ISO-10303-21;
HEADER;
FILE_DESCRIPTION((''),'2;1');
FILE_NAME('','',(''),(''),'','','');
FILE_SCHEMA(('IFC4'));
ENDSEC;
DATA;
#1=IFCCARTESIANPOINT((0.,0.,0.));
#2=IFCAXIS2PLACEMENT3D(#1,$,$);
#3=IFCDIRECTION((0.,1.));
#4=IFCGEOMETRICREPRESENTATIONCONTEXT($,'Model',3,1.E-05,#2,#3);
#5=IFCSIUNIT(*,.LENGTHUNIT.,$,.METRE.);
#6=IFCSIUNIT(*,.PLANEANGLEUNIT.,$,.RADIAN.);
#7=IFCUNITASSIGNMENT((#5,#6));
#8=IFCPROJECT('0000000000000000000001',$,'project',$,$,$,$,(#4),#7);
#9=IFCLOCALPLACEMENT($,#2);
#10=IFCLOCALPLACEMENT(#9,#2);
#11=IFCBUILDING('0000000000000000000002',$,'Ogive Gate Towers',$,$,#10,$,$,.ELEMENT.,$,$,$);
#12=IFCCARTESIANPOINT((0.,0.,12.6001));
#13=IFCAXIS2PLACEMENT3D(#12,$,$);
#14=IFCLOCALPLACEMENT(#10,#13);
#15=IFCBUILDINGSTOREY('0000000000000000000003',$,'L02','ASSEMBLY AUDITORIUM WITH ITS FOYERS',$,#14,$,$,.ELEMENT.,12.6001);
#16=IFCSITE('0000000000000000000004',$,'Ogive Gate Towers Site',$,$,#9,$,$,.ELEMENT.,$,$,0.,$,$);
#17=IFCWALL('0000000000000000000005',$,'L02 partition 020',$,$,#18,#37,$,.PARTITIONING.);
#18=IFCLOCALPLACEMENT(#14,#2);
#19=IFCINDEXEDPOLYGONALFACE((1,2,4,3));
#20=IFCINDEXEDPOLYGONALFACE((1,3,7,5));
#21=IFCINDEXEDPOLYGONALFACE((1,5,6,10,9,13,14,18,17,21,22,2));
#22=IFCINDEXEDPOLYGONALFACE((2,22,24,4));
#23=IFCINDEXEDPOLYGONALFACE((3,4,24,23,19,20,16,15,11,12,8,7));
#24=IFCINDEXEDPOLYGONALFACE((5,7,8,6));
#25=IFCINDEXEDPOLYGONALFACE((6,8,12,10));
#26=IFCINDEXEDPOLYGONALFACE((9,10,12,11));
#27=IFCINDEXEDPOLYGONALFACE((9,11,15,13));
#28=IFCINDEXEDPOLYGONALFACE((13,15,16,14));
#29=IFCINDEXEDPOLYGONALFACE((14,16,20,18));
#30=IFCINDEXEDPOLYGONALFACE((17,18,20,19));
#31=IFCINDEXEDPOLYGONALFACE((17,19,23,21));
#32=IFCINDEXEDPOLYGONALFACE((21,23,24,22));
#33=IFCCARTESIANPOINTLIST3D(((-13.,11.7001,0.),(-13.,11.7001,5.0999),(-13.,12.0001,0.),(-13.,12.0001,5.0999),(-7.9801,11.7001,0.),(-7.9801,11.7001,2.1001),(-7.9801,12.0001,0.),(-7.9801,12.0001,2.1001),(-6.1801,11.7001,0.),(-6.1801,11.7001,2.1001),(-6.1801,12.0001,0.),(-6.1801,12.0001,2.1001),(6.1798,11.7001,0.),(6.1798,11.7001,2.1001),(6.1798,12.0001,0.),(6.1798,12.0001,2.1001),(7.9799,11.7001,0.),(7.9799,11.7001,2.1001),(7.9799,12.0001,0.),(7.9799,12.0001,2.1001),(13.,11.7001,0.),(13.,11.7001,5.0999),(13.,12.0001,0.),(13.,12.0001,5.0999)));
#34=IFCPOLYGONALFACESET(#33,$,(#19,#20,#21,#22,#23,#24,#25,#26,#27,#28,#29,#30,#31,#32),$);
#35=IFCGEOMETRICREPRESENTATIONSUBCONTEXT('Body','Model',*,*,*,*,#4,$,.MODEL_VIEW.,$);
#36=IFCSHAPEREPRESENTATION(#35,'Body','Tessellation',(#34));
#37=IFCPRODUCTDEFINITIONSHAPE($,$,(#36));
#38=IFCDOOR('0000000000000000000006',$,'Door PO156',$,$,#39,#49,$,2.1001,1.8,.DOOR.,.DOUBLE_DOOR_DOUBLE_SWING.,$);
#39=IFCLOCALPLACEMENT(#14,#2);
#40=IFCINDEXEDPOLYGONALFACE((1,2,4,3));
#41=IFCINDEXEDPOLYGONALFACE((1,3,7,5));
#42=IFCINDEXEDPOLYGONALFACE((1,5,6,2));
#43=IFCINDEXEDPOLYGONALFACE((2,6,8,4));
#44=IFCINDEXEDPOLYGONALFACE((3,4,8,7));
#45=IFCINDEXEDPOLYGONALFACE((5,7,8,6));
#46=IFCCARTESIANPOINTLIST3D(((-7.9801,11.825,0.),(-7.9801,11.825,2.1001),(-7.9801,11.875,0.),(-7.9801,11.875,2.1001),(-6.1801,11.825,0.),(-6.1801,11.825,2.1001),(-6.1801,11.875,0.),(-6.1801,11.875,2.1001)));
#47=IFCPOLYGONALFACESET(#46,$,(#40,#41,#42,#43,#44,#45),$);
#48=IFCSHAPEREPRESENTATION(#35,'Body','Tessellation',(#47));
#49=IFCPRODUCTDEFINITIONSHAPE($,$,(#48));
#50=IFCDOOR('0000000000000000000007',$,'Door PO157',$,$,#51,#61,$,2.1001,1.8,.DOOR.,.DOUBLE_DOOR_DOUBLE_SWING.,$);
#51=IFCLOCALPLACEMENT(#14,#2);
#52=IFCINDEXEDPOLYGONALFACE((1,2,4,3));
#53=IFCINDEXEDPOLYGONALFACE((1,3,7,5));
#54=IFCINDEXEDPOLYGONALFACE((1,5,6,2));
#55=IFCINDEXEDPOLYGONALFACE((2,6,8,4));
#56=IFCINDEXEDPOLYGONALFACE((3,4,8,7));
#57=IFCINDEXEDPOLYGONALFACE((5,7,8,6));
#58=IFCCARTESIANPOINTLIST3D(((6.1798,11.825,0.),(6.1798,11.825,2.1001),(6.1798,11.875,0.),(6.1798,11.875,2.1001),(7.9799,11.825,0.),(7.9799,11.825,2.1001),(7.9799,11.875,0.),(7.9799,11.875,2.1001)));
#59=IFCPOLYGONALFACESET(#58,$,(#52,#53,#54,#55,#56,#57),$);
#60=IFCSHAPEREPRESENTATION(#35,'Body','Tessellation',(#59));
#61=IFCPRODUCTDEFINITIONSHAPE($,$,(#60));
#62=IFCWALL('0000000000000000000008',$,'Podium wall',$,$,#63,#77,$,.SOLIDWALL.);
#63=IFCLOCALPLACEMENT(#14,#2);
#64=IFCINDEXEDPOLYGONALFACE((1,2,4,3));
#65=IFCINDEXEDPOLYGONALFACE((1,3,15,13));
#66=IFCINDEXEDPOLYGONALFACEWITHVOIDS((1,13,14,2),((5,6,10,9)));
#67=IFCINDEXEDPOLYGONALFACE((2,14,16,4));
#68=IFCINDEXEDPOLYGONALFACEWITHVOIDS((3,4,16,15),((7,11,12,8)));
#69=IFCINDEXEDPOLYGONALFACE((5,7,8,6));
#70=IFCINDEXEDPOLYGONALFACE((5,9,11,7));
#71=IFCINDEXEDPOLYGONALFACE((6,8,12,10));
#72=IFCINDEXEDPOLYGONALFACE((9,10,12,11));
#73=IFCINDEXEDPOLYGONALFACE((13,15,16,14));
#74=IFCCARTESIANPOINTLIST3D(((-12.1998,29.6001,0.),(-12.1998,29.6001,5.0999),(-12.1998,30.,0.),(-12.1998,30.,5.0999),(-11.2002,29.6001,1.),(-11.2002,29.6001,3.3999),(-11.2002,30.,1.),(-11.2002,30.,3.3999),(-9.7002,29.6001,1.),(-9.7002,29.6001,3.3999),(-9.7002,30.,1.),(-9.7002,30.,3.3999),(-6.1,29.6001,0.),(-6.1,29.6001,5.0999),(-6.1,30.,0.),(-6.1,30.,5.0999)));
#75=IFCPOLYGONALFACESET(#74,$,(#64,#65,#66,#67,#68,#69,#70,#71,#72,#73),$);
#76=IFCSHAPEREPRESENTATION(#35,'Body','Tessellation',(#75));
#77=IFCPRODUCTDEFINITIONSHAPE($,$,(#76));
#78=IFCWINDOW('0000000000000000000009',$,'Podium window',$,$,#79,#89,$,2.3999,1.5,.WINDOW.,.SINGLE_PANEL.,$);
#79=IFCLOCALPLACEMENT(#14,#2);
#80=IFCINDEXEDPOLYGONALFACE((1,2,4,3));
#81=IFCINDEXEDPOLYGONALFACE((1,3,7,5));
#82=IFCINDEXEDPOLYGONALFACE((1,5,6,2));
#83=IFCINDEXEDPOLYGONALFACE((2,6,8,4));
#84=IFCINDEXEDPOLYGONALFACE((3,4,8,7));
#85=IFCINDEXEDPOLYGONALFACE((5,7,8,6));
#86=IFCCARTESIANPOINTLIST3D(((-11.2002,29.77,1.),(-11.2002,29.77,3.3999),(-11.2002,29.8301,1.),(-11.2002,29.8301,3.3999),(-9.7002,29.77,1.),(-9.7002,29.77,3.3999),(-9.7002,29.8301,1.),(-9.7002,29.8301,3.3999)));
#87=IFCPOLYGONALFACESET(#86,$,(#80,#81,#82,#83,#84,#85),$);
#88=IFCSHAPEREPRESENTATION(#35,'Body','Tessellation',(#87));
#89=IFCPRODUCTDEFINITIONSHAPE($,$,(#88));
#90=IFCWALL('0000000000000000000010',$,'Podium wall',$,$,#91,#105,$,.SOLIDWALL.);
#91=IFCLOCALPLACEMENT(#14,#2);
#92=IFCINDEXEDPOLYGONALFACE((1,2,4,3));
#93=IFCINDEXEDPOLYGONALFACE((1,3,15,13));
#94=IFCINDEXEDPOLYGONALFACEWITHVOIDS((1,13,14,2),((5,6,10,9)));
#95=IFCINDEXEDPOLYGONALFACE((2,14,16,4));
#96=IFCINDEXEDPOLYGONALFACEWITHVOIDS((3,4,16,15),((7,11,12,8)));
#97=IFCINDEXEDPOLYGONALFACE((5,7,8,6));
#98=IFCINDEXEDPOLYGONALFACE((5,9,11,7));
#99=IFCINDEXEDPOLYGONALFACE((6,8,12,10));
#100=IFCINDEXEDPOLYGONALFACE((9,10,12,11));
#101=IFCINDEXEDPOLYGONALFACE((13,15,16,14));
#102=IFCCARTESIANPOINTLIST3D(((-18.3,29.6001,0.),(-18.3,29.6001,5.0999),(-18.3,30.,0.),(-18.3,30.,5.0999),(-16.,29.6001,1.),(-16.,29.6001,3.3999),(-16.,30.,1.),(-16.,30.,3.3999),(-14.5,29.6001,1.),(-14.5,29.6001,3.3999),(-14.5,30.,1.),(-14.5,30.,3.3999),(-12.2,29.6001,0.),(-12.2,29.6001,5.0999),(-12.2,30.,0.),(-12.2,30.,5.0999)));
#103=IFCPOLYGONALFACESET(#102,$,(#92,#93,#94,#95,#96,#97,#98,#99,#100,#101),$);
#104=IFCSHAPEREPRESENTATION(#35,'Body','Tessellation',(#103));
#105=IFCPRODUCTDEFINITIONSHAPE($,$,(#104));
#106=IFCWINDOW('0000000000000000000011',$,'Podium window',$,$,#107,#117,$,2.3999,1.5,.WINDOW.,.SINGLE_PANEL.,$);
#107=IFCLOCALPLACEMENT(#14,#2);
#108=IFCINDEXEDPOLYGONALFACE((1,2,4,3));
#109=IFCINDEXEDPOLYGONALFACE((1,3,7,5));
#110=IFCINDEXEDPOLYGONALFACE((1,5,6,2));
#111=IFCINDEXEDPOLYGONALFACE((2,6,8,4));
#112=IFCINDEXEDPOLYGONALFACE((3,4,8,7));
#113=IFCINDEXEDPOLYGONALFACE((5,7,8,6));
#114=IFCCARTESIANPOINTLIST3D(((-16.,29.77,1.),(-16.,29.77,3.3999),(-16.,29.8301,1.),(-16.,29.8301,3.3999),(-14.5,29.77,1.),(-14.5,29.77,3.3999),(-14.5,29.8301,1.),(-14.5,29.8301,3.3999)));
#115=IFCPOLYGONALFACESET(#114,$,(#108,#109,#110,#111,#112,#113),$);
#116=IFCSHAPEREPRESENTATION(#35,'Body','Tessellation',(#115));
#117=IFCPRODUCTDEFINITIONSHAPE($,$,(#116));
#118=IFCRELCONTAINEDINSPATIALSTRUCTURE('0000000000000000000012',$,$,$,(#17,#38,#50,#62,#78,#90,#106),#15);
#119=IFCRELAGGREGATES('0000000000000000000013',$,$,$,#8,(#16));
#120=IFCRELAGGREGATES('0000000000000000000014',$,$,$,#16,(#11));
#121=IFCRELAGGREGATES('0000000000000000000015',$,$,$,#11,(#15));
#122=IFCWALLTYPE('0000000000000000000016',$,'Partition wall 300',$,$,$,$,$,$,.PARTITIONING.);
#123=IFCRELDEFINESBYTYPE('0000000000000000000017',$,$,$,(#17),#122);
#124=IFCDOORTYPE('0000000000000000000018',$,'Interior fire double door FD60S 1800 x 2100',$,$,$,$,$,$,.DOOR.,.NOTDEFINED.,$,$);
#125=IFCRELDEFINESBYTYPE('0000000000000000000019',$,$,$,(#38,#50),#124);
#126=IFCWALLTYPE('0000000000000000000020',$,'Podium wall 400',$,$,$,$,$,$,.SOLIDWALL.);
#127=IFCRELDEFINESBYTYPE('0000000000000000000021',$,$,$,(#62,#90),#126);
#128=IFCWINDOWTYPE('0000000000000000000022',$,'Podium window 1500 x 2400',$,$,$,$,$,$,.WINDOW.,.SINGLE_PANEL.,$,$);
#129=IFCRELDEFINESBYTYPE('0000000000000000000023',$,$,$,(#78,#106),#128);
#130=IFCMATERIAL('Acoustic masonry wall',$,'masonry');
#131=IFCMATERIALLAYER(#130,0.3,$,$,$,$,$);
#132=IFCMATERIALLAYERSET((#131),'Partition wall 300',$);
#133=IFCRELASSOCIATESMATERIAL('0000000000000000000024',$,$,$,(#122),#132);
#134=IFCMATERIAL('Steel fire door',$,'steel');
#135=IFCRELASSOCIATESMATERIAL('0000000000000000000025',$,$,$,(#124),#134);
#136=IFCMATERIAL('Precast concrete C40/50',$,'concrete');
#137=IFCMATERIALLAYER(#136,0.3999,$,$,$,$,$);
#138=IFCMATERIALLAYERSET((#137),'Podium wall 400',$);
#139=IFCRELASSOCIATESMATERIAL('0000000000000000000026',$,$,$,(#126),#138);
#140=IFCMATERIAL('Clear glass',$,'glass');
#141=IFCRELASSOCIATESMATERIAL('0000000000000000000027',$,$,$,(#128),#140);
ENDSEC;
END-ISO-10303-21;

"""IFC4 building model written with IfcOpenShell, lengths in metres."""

from ifc_helpers import new_model, si_unit, direction, frame, frame_2d, origin, place, context, subcontext, project, spatial, rectangle, extrude, material, layer, layer_set, type_object, element, fill, save


model = new_model("IFC4")

# Units and contexts
model_context = context("Model", 3, precision=1e-05, world=origin(), true_north=direction((0.0, 1.0)))
body_context = subcontext(model_context, "Body", "Model", "MODEL_VIEW")
ifc_project = project(units=[si_unit("LENGTHUNIT", "METRE"), si_unit("PLANEANGLEUNIT", "RADIAN")], contexts=[model_context])

# Site, building, storey
site_placement = place(None, origin())
site = spatial("IfcSite", under=ifc_project, at=site_placement, Name="Ogive Gate Towers Site", CompositionType="ELEMENT", RefElevation=0.0)
building_placement = place(site_placement, origin())
building = spatial("IfcBuilding", under=site, at=building_placement, Name="Ogive Gate Towers", CompositionType="ELEMENT")
storey_placement = place(building_placement, frame((0.0, 0.0, 12.6001)))
storey = spatial("IfcBuildingStorey", under=building, at=storey_placement, Name="L02", Description="ASSEMBLY AUDITORIUM WITH ITS FOYERS", CompositionType="ELEMENT", Elevation=12.6001)

# Wall, openings, doors
ifc_material_1 = material(Name="Acoustic masonry wall", Category="masonry")
ifc_layer_1 = layer(ifc_material_1, 0.3)
ifc_layer_set_1 = layer_set([ifc_layer_1], Name="Partition wall 300")
wall_type_1 = type_object("IfcWallType", Name="Partition wall 300", PredefinedType="PARTITIONING", material=ifc_layer_set_1)
wall_1_placement = place(storey_placement, frame((-13.0, 11.8501, 0.0), z_axis=(0.0, 0.0, 1.0), x_axis=(1.0, 0.0, 0.0)))
wall_1 = element("IfcWall", 1, at=wall_1_placement, inside=storey, type_object=wall_type_1, Name="L02 partition 020", PredefinedType="PARTITIONING", context=body_context, shape_type="SweptSolid", body=[
    extrude(rectangle(XDim=26.0, YDim=0.3, at=frame_2d((13.0, 0.0))), origin(), (0.0, 0.0, 1.0), 5.0999),
])
opening_1_placement = place(wall_1_placement, frame((5.02, 0.0, 0.0)))
opening_1 = element("IfcOpeningElement", 2, at=opening_1_placement, cuts=wall_1, PredefinedType="OPENING", context=body_context, shape_type="SweptSolid", body=[
    extrude(rectangle(XDim=1.8, YDim=2.1001, at=frame_2d((0.8999, 1.05))), frame((0.0, 0.1602, 0.0), z_axis=(0.0, -1.0, 0.0), x_axis=(1.0, 0.0, 0.0)), (0.0, 0.0, 1.0), 0.3201),
])
opening_2_placement = place(wall_1_placement, frame((19.1799, 0.0, 0.0)))
opening_2 = element("IfcOpeningElement", 3, at=opening_2_placement, cuts=wall_1, PredefinedType="OPENING", context=body_context, shape_type="SweptSolid", body=[
    extrude(rectangle(XDim=1.8, YDim=2.1001, at=frame_2d((0.8999, 1.05))), frame((0.0, 0.1602, 0.0), z_axis=(0.0, -1.0, 0.0), x_axis=(1.0, 0.0, 0.0)), (0.0, 0.0, 1.0), 0.3201),
])
ifc_material_2 = material(Name="Steel fire door", Category="steel")
door_type = type_object("IfcDoorType", Name="Interior fire double door FD60S 1800 x 2100", OperationType="NOTDEFINED", PredefinedType="DOOR", material=ifc_material_2)
door_1_placement = place(opening_1_placement, origin())
door_1 = element("IfcDoor", 4, at=door_1_placement, inside=storey, type_object=door_type, Name="Door PO156", OperationType="DOUBLE_DOOR_DOUBLE_SWING", OverallHeight=2.1001, OverallWidth=1.8, PredefinedType="DOOR", context=body_context, shape_type="SweptSolid", body=[
    extrude(rectangle(XDim=1.8, YDim=2.1001, at=frame_2d((0.8999, 1.05))), frame((0.0, 0.0249, 0.0), z_axis=(0.0, -1.0, 0.0), x_axis=(1.0, 0.0, 0.0)), (0.0, 0.0, 1.0), 0.05),
])
fill(opening_1, door_1)
door_2_placement = place(opening_2_placement, origin())
door_2 = element("IfcDoor", 5, at=door_2_placement, inside=storey, type_object=door_type, Name="Door PO157", OperationType="DOUBLE_DOOR_DOUBLE_SWING", OverallHeight=2.1001, OverallWidth=1.8, PredefinedType="DOOR", context=body_context, shape_type="SweptSolid", body=[
    extrude(rectangle(XDim=1.8, YDim=2.1001, at=frame_2d((0.8999, 1.05))), frame((0.0, 0.0249, 0.0), z_axis=(0.0, -1.0, 0.0), x_axis=(1.0, 0.0, 0.0)), (0.0, 0.0, 1.0), 0.05),
])
fill(opening_2, door_2)

# Walls, openings, windows
ifc_material_3 = material(Name="Precast concrete C40/50", Category="concrete")
ifc_layer_2 = layer(ifc_material_3, 0.3999)
ifc_layer_set_2 = layer_set([ifc_layer_2], Name="Podium wall 400")
wall_type_2 = type_object("IfcWallType", Name="Podium wall 400", PredefinedType="SOLIDWALL", material=ifc_layer_set_2)
wall_2_placement = place(storey_placement, frame((-6.1001, 29.8, 0.0), z_axis=(0.0, 0.0, 1.0), x_axis=(-1.0, 0.0, 0.0)))
wall_2 = element("IfcWall", 6, at=wall_2_placement, inside=storey, type_object=wall_type_2, Name="Podium wall", PredefinedType="SOLIDWALL", context=body_context, shape_type="SweptSolid", body=[
    extrude(rectangle(XDim=6.0999, YDim=0.3999, at=frame_2d((3.0498, 0.0))), origin(), (0.0, 0.0, 1.0), 5.0999),
])
opening_3_placement = place(wall_2_placement, frame((3.6001, 0.0, 1.0)))
opening_3 = element("IfcOpeningElement", 7, at=opening_3_placement, cuts=wall_2, PredefinedType="OPENING", context=body_context, shape_type="SweptSolid", body=[
    extrude(rectangle(XDim=1.5, YDim=2.3999, at=frame_2d((0.75, 1.2))), frame((0.0, 0.21, 0.0), z_axis=(0.0, -1.0, 0.0), x_axis=(1.0, 0.0, 0.0)), (0.0, 0.0, 1.0), 0.4199),
])
ifc_material_4 = material(Name="Clear glass", Category="glass")
window_type = type_object("IfcWindowType", Name="Podium window 1500 x 2400", PartitioningType="SINGLE_PANEL", PredefinedType="WINDOW", material=ifc_material_4)
window_1_placement = place(opening_3_placement, origin())
window_1 = element("IfcWindow", 8, at=window_1_placement, inside=storey, type_object=window_type, Name="Podium window", OverallHeight=2.3999, OverallWidth=1.5, PartitioningType="SINGLE_PANEL", PredefinedType="WINDOW", context=body_context, shape_type="SweptSolid", body=[
    extrude(rectangle(XDim=1.5, YDim=2.3999, at=frame_2d((0.75, 1.2))), frame((0.0, 0.03, 0.0), z_axis=(0.0, -1.0, 0.0), x_axis=(1.0, 0.0, 0.0)), (0.0, 0.0, 1.0), 0.0601),
])
fill(opening_3, window_1)
wall_3_placement = place(storey_placement, frame((-12.2, 29.8, 0.0), z_axis=(0.0, 0.0, 1.0), x_axis=(-1.0, 0.0, 0.0)))
wall_3 = element("IfcWall", 9, at=wall_3_placement, inside=storey, type_object=wall_type_2, Name="Podium wall", PredefinedType="SOLIDWALL", context=body_context, shape_type="SweptSolid", body=[
    extrude(rectangle(XDim=6.1001, YDim=0.3999, at=frame_2d((3.05, 0.0))), origin(), (0.0, 0.0, 1.0), 5.0999),
])
opening_4_placement = place(wall_3_placement, frame((2.3, 0.0, 1.0)))
opening_4 = element("IfcOpeningElement", 10, at=opening_4_placement, cuts=wall_3, PredefinedType="OPENING", context=body_context, shape_type="SweptSolid", body=[
    extrude(rectangle(XDim=1.5, YDim=2.3999, at=frame_2d((0.75, 1.2))), frame((0.0, 0.21, 0.0), z_axis=(0.0, -1.0, 0.0), x_axis=(1.0, 0.0, 0.0)), (0.0, 0.0, 1.0), 0.4199),
])
window_2_placement = place(opening_4_placement, origin())
window_2 = element("IfcWindow", 11, at=window_2_placement, inside=storey, type_object=window_type, Name="Podium window", OverallHeight=2.3999, OverallWidth=1.5, PartitioningType="SINGLE_PANEL", PredefinedType="WINDOW", context=body_context, shape_type="SweptSolid", body=[
    extrude(rectangle(XDim=1.5, YDim=2.3999, at=frame_2d((0.75, 1.2))), frame((0.0, 0.03, 0.0), z_axis=(0.0, -1.0, 0.0), x_axis=(1.0, 0.0, 0.0)), (0.0, 0.0, 1.0), 0.0601),
])
fill(opening_4, window_2)

save(model, "model.ifc")
